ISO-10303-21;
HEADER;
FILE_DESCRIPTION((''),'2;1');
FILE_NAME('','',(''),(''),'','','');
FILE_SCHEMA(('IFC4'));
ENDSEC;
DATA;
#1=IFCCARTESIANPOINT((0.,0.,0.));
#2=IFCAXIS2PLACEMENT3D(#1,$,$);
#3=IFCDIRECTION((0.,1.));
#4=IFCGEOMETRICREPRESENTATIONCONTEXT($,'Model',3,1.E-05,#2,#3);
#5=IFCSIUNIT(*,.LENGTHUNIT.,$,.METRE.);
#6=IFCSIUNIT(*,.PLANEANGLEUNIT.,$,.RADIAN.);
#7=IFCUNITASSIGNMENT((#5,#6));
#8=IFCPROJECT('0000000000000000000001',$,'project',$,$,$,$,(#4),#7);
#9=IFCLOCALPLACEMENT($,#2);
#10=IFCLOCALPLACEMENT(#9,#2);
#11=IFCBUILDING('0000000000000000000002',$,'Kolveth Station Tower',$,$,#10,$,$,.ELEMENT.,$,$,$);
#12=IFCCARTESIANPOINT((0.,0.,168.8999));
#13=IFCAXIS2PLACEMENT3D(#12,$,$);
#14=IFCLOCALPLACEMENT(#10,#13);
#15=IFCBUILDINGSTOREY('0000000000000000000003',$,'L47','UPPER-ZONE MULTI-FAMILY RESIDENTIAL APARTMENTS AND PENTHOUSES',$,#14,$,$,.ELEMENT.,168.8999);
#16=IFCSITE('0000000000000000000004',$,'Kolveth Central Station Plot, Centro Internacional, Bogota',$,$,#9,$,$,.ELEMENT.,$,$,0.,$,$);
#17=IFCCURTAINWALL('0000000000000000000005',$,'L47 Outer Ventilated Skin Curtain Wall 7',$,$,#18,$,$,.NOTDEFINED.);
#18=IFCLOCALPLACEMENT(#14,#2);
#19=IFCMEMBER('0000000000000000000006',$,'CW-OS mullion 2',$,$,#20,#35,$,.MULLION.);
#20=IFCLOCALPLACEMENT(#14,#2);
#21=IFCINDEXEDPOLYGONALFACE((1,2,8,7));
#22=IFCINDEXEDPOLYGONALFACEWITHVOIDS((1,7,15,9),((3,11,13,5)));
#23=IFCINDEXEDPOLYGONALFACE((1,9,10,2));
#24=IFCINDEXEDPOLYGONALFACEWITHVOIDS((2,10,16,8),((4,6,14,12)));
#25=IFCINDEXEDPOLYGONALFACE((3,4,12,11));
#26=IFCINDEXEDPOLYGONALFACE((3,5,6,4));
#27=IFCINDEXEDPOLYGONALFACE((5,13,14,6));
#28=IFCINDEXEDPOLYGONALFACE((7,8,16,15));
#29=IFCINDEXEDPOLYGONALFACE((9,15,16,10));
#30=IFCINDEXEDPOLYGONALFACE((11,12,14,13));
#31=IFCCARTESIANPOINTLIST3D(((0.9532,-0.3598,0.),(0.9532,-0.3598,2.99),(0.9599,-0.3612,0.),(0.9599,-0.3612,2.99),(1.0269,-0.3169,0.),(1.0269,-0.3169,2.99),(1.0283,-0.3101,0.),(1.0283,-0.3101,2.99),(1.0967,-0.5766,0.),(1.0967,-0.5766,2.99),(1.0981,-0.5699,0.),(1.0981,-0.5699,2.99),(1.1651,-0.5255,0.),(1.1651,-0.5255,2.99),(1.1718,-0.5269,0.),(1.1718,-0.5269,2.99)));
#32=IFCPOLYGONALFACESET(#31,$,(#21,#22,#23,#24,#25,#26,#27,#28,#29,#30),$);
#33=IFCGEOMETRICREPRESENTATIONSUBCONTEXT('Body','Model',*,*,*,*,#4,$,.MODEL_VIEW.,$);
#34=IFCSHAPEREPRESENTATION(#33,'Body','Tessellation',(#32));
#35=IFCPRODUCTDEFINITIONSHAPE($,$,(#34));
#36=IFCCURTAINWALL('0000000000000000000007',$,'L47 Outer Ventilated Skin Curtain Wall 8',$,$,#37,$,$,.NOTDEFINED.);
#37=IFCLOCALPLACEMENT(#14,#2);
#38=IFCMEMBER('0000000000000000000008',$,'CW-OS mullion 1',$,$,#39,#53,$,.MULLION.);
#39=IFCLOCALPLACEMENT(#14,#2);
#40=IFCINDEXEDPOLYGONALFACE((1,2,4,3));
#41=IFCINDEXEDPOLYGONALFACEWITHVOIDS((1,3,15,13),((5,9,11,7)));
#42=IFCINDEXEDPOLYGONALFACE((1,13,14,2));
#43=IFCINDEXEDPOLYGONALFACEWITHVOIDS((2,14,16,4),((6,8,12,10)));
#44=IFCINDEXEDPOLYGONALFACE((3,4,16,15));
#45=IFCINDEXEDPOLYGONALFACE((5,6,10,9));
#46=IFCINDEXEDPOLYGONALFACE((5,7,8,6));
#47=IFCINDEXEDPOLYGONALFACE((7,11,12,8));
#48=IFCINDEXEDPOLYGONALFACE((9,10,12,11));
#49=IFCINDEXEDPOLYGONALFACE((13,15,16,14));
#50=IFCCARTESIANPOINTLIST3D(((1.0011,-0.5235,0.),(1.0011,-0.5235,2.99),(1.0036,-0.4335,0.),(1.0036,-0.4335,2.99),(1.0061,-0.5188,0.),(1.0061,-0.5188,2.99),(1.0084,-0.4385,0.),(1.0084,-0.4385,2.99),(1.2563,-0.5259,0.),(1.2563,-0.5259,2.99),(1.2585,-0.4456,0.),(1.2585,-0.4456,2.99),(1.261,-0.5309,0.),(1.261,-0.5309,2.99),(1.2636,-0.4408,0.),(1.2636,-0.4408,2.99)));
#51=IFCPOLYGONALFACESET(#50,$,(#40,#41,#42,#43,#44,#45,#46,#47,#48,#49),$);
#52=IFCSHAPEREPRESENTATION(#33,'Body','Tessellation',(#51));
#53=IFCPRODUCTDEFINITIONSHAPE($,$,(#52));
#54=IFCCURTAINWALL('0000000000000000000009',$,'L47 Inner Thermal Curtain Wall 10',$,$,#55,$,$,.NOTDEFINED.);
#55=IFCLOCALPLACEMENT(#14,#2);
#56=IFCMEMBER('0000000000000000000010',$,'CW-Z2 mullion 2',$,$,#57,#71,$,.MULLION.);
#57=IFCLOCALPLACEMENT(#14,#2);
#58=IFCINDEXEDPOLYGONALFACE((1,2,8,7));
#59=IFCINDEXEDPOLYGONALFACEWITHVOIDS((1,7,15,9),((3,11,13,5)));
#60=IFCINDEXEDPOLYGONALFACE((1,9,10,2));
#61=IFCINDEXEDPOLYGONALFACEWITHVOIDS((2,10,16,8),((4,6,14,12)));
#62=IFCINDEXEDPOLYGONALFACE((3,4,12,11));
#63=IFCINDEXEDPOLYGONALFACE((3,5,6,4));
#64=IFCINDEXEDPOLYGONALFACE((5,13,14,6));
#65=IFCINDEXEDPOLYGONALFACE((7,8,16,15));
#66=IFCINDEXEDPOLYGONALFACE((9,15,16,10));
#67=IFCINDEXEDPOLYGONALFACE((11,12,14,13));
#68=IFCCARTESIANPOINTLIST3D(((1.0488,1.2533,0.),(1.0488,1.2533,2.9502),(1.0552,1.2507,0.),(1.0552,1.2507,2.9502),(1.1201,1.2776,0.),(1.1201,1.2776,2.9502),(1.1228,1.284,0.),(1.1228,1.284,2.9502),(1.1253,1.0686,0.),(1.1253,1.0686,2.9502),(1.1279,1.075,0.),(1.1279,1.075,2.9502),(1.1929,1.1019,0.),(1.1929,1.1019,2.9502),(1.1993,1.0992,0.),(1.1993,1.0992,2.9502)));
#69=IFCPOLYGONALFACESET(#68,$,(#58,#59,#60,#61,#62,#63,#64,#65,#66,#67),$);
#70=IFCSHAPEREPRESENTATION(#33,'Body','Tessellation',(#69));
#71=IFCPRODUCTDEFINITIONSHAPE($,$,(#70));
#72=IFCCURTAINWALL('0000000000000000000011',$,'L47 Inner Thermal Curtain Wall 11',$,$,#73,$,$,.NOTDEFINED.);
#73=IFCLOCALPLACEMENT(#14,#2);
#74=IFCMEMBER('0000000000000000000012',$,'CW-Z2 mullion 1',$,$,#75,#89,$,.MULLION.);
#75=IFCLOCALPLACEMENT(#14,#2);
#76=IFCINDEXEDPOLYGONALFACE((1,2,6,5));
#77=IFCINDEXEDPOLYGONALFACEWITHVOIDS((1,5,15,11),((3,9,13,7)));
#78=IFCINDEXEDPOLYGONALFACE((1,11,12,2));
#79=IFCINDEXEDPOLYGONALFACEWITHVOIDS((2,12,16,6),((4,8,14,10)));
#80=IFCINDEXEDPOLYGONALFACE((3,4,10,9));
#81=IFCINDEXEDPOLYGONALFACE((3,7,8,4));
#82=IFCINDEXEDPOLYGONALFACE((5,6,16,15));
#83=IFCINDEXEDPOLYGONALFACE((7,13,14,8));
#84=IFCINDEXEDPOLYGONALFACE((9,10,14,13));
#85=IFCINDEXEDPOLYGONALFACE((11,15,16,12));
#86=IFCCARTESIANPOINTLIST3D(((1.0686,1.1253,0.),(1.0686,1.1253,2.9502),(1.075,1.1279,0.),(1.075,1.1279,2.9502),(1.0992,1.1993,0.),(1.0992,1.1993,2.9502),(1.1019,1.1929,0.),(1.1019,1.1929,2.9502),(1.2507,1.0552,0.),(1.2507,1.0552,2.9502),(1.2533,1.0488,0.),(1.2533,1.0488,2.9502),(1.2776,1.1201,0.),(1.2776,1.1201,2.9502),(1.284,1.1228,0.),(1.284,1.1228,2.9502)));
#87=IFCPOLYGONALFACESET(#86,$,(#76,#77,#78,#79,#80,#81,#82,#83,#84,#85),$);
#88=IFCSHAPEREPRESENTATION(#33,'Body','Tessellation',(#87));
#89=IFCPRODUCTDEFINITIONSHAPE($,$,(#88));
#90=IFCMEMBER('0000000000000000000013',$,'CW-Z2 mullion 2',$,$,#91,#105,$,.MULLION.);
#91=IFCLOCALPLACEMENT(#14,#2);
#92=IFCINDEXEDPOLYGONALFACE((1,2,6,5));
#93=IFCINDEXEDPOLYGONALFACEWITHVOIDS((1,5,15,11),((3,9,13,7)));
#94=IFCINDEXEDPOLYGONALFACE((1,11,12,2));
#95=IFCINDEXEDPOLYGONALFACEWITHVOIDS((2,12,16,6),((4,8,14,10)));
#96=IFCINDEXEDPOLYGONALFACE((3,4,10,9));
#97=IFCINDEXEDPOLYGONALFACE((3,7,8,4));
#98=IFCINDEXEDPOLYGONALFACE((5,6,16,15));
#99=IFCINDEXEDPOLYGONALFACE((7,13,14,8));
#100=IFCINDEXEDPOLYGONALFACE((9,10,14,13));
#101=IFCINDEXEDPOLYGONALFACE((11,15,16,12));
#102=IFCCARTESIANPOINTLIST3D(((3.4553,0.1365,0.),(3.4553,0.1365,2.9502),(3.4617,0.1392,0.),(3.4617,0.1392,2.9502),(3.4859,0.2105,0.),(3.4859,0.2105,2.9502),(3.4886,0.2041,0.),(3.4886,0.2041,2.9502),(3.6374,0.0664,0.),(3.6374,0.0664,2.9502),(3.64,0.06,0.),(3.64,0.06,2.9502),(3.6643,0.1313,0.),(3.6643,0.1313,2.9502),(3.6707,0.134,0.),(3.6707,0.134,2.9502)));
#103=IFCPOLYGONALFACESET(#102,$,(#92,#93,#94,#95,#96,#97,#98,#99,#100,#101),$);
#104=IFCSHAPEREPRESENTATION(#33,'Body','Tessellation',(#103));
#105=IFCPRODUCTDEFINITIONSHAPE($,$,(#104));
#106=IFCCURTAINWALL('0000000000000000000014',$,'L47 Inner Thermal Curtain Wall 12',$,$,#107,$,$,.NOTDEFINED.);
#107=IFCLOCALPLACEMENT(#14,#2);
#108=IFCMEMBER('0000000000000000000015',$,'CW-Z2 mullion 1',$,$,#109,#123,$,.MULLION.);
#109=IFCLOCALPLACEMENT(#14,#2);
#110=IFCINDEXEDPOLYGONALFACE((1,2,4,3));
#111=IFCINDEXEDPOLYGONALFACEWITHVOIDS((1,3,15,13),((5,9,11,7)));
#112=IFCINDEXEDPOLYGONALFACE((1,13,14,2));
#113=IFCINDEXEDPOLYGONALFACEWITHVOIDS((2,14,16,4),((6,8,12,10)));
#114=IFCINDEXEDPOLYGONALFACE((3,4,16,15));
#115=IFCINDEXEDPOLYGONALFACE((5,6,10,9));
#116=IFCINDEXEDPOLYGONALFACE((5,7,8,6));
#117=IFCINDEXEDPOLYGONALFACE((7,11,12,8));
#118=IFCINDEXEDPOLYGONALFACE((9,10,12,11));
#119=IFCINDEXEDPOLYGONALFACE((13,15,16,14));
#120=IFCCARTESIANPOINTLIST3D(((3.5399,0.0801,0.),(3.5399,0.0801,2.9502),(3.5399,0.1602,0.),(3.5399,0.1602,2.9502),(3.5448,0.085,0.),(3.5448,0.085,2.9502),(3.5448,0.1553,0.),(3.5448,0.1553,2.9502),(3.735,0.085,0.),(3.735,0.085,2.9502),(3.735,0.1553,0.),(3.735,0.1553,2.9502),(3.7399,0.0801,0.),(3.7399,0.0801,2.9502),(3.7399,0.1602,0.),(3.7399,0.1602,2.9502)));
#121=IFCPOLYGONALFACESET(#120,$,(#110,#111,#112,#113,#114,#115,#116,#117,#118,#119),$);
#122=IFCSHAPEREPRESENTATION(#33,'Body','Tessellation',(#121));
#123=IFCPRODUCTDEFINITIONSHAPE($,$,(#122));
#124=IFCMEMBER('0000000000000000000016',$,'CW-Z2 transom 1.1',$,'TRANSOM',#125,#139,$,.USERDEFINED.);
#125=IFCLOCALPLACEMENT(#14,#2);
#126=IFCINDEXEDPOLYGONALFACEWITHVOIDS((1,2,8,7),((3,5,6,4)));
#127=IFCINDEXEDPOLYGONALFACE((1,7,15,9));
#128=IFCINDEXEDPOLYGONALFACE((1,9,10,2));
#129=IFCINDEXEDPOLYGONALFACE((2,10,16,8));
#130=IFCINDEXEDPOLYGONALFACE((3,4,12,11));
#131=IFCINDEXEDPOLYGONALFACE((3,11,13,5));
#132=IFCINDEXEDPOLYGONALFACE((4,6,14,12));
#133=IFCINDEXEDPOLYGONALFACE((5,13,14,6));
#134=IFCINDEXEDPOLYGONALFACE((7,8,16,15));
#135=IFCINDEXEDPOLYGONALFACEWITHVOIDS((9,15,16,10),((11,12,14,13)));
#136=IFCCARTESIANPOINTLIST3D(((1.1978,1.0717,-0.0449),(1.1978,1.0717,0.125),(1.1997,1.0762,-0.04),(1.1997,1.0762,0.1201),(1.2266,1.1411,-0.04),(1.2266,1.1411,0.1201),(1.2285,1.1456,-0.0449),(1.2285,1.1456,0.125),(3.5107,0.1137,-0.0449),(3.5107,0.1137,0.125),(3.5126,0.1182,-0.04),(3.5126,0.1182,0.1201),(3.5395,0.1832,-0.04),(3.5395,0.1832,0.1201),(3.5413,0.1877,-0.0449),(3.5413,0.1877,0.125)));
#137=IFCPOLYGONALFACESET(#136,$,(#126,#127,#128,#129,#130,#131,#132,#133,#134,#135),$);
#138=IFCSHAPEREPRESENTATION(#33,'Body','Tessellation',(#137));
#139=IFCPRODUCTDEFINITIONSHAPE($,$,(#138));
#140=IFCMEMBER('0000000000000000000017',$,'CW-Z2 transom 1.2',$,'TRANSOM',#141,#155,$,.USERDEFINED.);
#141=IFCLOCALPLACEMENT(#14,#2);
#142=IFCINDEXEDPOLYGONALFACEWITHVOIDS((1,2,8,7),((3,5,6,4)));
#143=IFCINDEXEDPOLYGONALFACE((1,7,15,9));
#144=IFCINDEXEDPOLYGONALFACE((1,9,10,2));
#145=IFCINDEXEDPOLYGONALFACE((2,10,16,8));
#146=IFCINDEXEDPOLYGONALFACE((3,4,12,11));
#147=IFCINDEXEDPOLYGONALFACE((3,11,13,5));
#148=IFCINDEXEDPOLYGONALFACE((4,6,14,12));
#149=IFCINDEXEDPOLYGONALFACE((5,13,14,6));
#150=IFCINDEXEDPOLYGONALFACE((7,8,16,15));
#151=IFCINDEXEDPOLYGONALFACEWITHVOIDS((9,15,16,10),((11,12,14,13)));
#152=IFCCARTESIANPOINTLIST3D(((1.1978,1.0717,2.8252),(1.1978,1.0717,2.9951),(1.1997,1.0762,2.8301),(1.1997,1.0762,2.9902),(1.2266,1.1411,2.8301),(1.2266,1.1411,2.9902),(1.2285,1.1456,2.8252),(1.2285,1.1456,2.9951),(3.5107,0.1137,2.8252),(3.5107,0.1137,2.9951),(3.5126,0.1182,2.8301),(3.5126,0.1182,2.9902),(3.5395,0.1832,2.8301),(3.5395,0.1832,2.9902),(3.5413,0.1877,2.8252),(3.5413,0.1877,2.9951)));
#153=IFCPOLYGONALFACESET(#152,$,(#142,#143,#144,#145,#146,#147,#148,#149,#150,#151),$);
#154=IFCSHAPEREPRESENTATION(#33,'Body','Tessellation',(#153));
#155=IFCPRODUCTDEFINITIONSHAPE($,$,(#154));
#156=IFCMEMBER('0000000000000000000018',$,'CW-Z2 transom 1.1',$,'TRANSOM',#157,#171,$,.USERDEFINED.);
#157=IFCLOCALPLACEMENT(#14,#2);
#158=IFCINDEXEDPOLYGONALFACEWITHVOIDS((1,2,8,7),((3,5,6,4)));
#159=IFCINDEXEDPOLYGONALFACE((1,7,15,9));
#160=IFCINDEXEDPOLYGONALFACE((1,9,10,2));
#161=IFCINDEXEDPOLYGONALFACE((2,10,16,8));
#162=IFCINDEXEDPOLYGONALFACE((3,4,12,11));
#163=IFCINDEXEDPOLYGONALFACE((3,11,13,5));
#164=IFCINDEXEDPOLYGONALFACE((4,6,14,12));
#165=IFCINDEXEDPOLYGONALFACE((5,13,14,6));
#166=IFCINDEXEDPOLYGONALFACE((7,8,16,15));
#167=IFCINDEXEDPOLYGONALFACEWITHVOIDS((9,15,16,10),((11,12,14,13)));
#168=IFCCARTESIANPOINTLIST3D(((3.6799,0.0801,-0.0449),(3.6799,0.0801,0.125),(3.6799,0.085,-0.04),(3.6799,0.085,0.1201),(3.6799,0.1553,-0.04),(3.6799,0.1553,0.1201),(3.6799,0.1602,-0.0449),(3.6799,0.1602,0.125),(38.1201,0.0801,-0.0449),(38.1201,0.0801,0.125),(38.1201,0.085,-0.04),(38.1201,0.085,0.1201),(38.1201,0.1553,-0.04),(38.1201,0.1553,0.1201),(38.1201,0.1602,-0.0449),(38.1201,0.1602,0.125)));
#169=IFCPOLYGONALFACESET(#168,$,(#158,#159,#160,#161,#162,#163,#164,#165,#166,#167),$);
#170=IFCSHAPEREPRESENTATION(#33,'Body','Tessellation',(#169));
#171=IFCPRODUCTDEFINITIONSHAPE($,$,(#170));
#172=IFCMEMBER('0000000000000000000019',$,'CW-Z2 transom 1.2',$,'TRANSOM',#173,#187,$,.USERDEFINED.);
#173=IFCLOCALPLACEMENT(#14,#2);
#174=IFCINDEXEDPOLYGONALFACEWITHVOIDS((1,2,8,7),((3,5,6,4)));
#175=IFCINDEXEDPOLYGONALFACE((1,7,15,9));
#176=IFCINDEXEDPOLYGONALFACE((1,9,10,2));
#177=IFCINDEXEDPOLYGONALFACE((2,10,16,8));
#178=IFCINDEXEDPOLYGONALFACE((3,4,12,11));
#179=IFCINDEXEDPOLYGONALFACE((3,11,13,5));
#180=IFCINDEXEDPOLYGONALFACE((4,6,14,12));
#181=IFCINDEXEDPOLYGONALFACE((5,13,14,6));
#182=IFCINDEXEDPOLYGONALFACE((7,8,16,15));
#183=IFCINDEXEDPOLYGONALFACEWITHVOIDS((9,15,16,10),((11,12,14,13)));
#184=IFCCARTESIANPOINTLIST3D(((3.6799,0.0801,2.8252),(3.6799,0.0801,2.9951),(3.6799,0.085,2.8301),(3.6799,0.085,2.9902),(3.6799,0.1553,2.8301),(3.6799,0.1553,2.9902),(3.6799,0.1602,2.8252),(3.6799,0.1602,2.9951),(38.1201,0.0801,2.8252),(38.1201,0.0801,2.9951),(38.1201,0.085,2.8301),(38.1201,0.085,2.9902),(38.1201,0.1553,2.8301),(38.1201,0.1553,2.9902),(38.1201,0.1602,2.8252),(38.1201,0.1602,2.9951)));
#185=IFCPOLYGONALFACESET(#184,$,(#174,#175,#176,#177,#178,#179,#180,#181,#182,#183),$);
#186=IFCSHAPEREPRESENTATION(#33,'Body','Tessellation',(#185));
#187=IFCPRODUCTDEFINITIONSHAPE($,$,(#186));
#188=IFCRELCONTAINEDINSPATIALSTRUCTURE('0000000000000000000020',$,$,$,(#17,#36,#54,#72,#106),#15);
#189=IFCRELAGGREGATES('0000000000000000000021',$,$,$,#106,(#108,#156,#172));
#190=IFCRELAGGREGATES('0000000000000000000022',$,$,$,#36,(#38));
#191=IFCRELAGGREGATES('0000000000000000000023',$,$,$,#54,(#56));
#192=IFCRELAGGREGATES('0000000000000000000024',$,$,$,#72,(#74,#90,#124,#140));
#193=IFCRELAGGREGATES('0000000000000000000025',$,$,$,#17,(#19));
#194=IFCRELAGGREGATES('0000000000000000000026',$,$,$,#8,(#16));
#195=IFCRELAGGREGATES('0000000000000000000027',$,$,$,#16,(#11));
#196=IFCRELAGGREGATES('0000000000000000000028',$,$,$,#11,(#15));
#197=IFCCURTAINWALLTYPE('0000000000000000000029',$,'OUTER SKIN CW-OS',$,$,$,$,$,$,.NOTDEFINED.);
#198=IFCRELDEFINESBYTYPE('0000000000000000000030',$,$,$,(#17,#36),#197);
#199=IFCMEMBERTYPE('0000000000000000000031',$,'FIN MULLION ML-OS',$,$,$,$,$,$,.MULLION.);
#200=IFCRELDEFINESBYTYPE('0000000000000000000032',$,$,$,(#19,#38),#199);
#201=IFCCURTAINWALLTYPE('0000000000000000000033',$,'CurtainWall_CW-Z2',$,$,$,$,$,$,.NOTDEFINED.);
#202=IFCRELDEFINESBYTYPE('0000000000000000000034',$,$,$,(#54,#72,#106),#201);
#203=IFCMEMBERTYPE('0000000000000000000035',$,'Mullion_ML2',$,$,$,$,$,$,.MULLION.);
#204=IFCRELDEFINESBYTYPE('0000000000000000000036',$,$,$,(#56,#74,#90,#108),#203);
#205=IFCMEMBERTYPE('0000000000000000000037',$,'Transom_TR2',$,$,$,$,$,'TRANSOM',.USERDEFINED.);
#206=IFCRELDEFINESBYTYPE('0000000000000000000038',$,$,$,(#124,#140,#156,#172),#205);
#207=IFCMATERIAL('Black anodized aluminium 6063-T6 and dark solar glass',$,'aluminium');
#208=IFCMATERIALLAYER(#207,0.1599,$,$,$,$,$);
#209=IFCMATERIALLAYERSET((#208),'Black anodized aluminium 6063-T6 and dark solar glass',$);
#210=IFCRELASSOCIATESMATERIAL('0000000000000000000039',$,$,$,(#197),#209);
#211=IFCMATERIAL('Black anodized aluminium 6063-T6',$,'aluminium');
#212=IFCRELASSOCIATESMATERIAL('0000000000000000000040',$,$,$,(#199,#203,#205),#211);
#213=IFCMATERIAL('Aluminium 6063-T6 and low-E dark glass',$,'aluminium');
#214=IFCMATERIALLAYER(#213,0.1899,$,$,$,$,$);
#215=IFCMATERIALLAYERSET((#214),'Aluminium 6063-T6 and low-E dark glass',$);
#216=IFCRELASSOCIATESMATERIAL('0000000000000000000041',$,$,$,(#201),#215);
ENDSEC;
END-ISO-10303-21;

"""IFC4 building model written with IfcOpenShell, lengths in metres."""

from ifc_helpers import new_model, si_unit, direction, frame, origin, origin_2d, place, context, subcontext, project, spatial, hollow_rectangle, extrude, source, transform, mapped, material, layer, layer_set, material_profile, profile_set, type_object, element, aggregate, save


model = new_model("IFC4")

# Units and contexts
model_context = context("Model", 3, precision=1e-05, world=origin(), true_north=direction((0.0, 1.0)))
body_context = subcontext(model_context, "Body", "Model", "MODEL_VIEW")
ifc_project = project(units=[si_unit("LENGTHUNIT", "METRE"), si_unit("PLANEANGLEUNIT", "RADIAN")], contexts=[model_context])

# Site, building, storey
site_placement = place(None, origin())
site = spatial("IfcSite", under=ifc_project, at=site_placement, Name="Kolveth Central Station Plot, Centro Internacional, Bogota", CompositionType="ELEMENT", RefElevation=0.0)
building_placement = place(site_placement, origin())
building = spatial("IfcBuilding", under=site, at=building_placement, Name="Kolveth Station Tower", CompositionType="ELEMENT")
storey_placement = place(building_placement, frame((0.0, 0.0, 168.8999)))
storey = spatial("IfcBuildingStorey", under=building, at=storey_placement, Name="L47", Description="UPPER-ZONE MULTI-FAMILY RESIDENTIAL APARTMENTS AND PENTHOUSES", CompositionType="ELEMENT", Elevation=168.8999)

# Curtain walls, members
ifc_material_1 = material(Name="Black anodized aluminium 6063-T6 and dark solar glass", Category="aluminium")
ifc_layer_1 = layer(ifc_material_1, 0.1599)
ifc_layer_set_1 = layer_set([ifc_layer_1], Name="Black anodized aluminium 6063-T6 and dark solar glass")
curtain_wall_type_1 = type_object("IfcCurtainWallType", Name="OUTER SKIN CW-OS", PredefinedType="NOTDEFINED", material=ifc_layer_set_1)
curtain_wall_1_placement = place(storey_placement, origin())
curtain_wall_1 = element("IfcCurtainWall", 1, at=curtain_wall_1_placement, inside=storey, type_object=curtain_wall_type_1, Name="L47 Outer Ventilated Skin Curtain Wall 7", PredefinedType="NOTDEFINED")
ifc_material_2 = material(Name="Black anodized aluminium 6063-T6", Category="aluminium")
ifc_material_profile_1 = material_profile(ifc_material_2, hollow_rectangle(XDim=0.0901, YDim=0.26, WallThickness=0.0049, at=origin_2d()), Name="ALU-90x260x5")
ifc_profile_set_1 = profile_set([ifc_material_profile_1], Name="Black anodized aluminium 6063-T6")
member_type_1 = type_object("IfcMemberType", Name="FIN MULLION ML-OS", PredefinedType="MULLION", material=ifc_profile_set_1)
shared_shape_1 = source(origin(), body_context, "Body", "SweptSolid", [
    extrude(hollow_rectangle(XDim=0.0901, YDim=0.26, WallThickness=0.0049, at=origin_2d()), origin(), (0.0, 0.0, 1.0), 2.99),
])
member_1_placement = place(storey_placement, frame((1.0625, -0.4434, 0.0), z_axis=(0.0, 0.0, 1.0), x_axis=(0.833856, 0.551982, 0.0)))
member_1 = element("IfcMember", 2, at=member_1_placement, type_object=member_type_1, Name="CW-OS mullion 2", PredefinedType="MULLION", context=body_context, shape_type="MappedRepresentation", body=[
    mapped(shared_shape_1, transform((0.0, 0.0, 0.0), x_axis=(1.0, 0.0, 0.0), y_axis=(0.0, 1.0, 0.0), z_axis=(0.0, 0.0, 1.0), scale=1.0)),
])
curtain_wall_2_placement = place(storey_placement, origin())
curtain_wall_2 = element("IfcCurtainWall", 3, at=curtain_wall_2_placement, inside=storey, type_object=curtain_wall_type_1, Name="L47 Outer Ventilated Skin Curtain Wall 8", PredefinedType="NOTDEFINED")
member_2_placement = place(storey_placement, frame((1.1323, -0.4822, 0.0), z_axis=(0.0, 0.0, 1.0), x_axis=(0.028327, 0.999599, 0.0)))
member_2 = element("IfcMember", 4, at=member_2_placement, type_object=member_type_1, Name="CW-OS mullion 1", PredefinedType="MULLION", context=body_context, shape_type="MappedRepresentation", body=[
    mapped(shared_shape_1, transform((0.0, 0.0, 0.0), x_axis=(1.0, 0.0, 0.0), y_axis=(0.0, 1.0, 0.0), z_axis=(0.0, 0.0, 1.0), scale=1.0)),
])
ifc_material_3 = material(Name="Aluminium 6063-T6 and low-E dark glass", Category="aluminium")
ifc_layer_2 = layer(ifc_material_3, 0.1899)
ifc_layer_set_2 = layer_set([ifc_layer_2], Name="Aluminium 6063-T6 and low-E dark glass")
curtain_wall_type_2 = type_object("IfcCurtainWallType", Name="CurtainWall_CW-Z2", PredefinedType="NOTDEFINED", material=ifc_layer_set_2)
curtain_wall_3_placement = place(storey_placement, origin())
curtain_wall_3 = element("IfcCurtainWall", 5, at=curtain_wall_3_placement, inside=storey, type_object=curtain_wall_type_2, Name="L47 Inner Thermal Curtain Wall 10", PredefinedType="NOTDEFINED")
ifc_material_profile_2 = material_profile(ifc_material_2, hollow_rectangle(XDim=0.0801, YDim=0.2, WallThickness=0.0049, at=origin_2d()), Name="ALU-80x200x5")
ifc_profile_set_2 = profile_set([ifc_material_profile_2], Name="Black anodized aluminium 6063-T6")
member_type_2 = type_object("IfcMemberType", Name="Mullion_ML2", PredefinedType="MULLION", material=ifc_profile_set_2)
shared_shape_2 = source(origin(), body_context, "Body", "SweptSolid", [
    extrude(hollow_rectangle(XDim=0.0801, YDim=0.2, WallThickness=0.0049, at=origin_2d()), origin(), (0.0, 0.0, 1.0), 2.9502),
])
member_3_placement = place(storey_placement, frame((1.124, 1.1763, 0.0), z_axis=(0.0, 0.0, 1.0), x_axis=(0.923874, 0.382698, 0.0)))
member_3 = element("IfcMember", 6, at=member_3_placement, type_object=member_type_2, Name="CW-Z2 mullion 2", PredefinedType="MULLION", context=body_context, shape_type="MappedRepresentation", body=[
    mapped(shared_shape_2, transform((0.0, 0.0, 0.0), x_axis=(1.0, 0.0, 0.0), y_axis=(0.0, 1.0, 0.0), z_axis=(0.0, 0.0, 1.0), scale=1.0)),
])

# Curtain wall, members
curtain_wall_4_placement = place(storey_placement, origin())
curtain_wall_4 = element("IfcCurtainWall", 7, at=curtain_wall_4_placement, inside=storey, type_object=curtain_wall_type_2, Name="L47 Inner Thermal Curtain Wall 11", PredefinedType="NOTDEFINED")
member_4_placement = place(storey_placement, frame((1.1763, 1.124, 0.0), z_axis=(0.0, 0.0, 1.0), x_axis=(0.382698, 0.923874, 0.0)))
member_4 = element("IfcMember", 8, at=member_4_placement, type_object=member_type_2, Name="CW-Z2 mullion 1", PredefinedType="MULLION", context=body_context, shape_type="MappedRepresentation", body=[
    mapped(shared_shape_2, transform((0.0, 0.0, 0.0), x_axis=(1.0, 0.0, 0.0), y_axis=(0.0, 1.0, 0.0), z_axis=(0.0, 0.0, 1.0), scale=1.0)),
])
member_5_placement = place(storey_placement, frame((3.563, 0.1353, 0.0), z_axis=(0.0, 0.0, 1.0), x_axis=(0.382698, 0.923874, 0.0)))
member_5 = element("IfcMember", 9, at=member_5_placement, type_object=member_type_2, Name="CW-Z2 mullion 2", PredefinedType="MULLION", context=body_context, shape_type="MappedRepresentation", body=[
    mapped(shared_shape_2, transform((0.0, 0.0, 0.0), x_axis=(1.0, 0.0, 0.0), y_axis=(0.0, 1.0, 0.0), z_axis=(0.0, 0.0, 1.0), scale=1.0)),
])

# Curtain wall, member
curtain_wall_5_placement = place(storey_placement, origin())
curtain_wall_5 = element("IfcCurtainWall", 10, at=curtain_wall_5_placement, inside=storey, type_object=curtain_wall_type_2, Name="L47 Inner Thermal Curtain Wall 12", PredefinedType="NOTDEFINED")
member_6_placement = place(storey_placement, frame((3.6399, 0.1201, 0.0), z_axis=(0.0, 0.0, 1.0), x_axis=(0.0, 1.0, 0.0)))
member_6 = element("IfcMember", 11, at=member_6_placement, type_object=member_type_2, Name="CW-Z2 mullion 1", PredefinedType="MULLION", context=body_context, shape_type="MappedRepresentation", body=[
    mapped(shared_shape_2, transform((0.0, 0.0, 0.0), x_axis=(1.0, 0.0, 0.0), y_axis=(0.0, 1.0, 0.0), z_axis=(0.0, 0.0, 1.0), scale=1.0)),
])

# Members
ifc_material_profile_3 = material_profile(ifc_material_2, hollow_rectangle(XDim=0.0801, YDim=0.1699, WallThickness=0.0049, at=origin_2d()), Name="ALU-80x170x5")
ifc_profile_set_3 = profile_set([ifc_material_profile_3], Name="Black anodized aluminium 6063-T6")
member_type_3 = type_object("IfcMemberType", Name="Transom_TR2", ElementType="TRANSOM", PredefinedType="USERDEFINED", material=ifc_profile_set_3)
shared_shape_3 = source(origin(), body_context, "Body", "SweptSolid", [
    extrude(hollow_rectangle(XDim=0.0801, YDim=0.1699, WallThickness=0.0049, at=origin_2d()), origin(), (0.0, 0.0, 1.0), 2.5034),
])
member_7_placement = place(storey_placement, frame((1.2131, 1.1086, 0.04), z_axis=(0.923888, -0.382662, 0.0), x_axis=(0.382662, 0.923888, 0.0)))
member_7 = element("IfcMember", 12, at=member_7_placement, type_object=member_type_3, Name="CW-Z2 transom 1.1", ObjectType="TRANSOM", PredefinedType="USERDEFINED", context=body_context, shape_type="MappedRepresentation", body=[
    mapped(shared_shape_3, transform((0.0, 0.0, 0.0), x_axis=(1.0, 0.0, 0.0), y_axis=(0.0, 1.0, 0.0), z_axis=(0.0, 0.0, 1.0), scale=1.0)),
])
member_8_placement = place(storey_placement, frame((1.2131, 1.1086, 2.9102), z_axis=(0.923888, -0.382662, 0.0), x_axis=(0.382662, 0.923888, 0.0)))
member_8 = element("IfcMember", 13, at=member_8_placement, type_object=member_type_3, Name="CW-Z2 transom 1.2", ObjectType="TRANSOM", PredefinedType="USERDEFINED", context=body_context, shape_type="MappedRepresentation", body=[
    mapped(shared_shape_3, transform((0.0, 0.0, 0.0), x_axis=(1.0, 0.0, 0.0), y_axis=(0.0, 1.0, 0.0), z_axis=(0.0, 0.0, 1.0), scale=1.0)),
])
shared_shape_4 = source(origin(), body_context, "Body", "SweptSolid", [
    extrude(hollow_rectangle(XDim=0.0801, YDim=0.1699, WallThickness=0.0049, at=origin_2d()), origin(), (0.0, 0.0, 1.0), 34.4402),
])
member_9_placement = place(storey_placement, frame((3.6799, 0.1201, 0.04), z_axis=(1.0, 0.0, 0.0), x_axis=(0.0, 1.0, 0.0)))
member_9 = element("IfcMember", 14, at=member_9_placement, type_object=member_type_3, Name="CW-Z2 transom 1.1", ObjectType="TRANSOM", PredefinedType="USERDEFINED", context=body_context, shape_type="MappedRepresentation", body=[
    mapped(shared_shape_4, transform((0.0, 0.0, 0.0), x_axis=(1.0, 0.0, 0.0), y_axis=(0.0, 1.0, 0.0), z_axis=(0.0, 0.0, 1.0), scale=1.0)),
])
member_10_placement = place(storey_placement, frame((3.6799, 0.1201, 2.9102), z_axis=(1.0, 0.0, 0.0), x_axis=(0.0, 1.0, 0.0)))
member_10 = element("IfcMember", 15, at=member_10_placement, type_object=member_type_3, Name="CW-Z2 transom 1.2", ObjectType="TRANSOM", PredefinedType="USERDEFINED", context=body_context, shape_type="MappedRepresentation", body=[
    mapped(shared_shape_4, transform((0.0, 0.0, 0.0), x_axis=(1.0, 0.0, 0.0), y_axis=(0.0, 1.0, 0.0), z_axis=(0.0, 0.0, 1.0), scale=1.0)),
])
aggregate(curtain_wall_5, [member_6, member_9, member_10])
aggregate(curtain_wall_2, [member_2])

aggregate(curtain_wall_3, [member_3])
aggregate(curtain_wall_4, [member_4, member_5, member_7, member_8])
aggregate(curtain_wall_1, [member_1])

save(model, "model.ifc")
